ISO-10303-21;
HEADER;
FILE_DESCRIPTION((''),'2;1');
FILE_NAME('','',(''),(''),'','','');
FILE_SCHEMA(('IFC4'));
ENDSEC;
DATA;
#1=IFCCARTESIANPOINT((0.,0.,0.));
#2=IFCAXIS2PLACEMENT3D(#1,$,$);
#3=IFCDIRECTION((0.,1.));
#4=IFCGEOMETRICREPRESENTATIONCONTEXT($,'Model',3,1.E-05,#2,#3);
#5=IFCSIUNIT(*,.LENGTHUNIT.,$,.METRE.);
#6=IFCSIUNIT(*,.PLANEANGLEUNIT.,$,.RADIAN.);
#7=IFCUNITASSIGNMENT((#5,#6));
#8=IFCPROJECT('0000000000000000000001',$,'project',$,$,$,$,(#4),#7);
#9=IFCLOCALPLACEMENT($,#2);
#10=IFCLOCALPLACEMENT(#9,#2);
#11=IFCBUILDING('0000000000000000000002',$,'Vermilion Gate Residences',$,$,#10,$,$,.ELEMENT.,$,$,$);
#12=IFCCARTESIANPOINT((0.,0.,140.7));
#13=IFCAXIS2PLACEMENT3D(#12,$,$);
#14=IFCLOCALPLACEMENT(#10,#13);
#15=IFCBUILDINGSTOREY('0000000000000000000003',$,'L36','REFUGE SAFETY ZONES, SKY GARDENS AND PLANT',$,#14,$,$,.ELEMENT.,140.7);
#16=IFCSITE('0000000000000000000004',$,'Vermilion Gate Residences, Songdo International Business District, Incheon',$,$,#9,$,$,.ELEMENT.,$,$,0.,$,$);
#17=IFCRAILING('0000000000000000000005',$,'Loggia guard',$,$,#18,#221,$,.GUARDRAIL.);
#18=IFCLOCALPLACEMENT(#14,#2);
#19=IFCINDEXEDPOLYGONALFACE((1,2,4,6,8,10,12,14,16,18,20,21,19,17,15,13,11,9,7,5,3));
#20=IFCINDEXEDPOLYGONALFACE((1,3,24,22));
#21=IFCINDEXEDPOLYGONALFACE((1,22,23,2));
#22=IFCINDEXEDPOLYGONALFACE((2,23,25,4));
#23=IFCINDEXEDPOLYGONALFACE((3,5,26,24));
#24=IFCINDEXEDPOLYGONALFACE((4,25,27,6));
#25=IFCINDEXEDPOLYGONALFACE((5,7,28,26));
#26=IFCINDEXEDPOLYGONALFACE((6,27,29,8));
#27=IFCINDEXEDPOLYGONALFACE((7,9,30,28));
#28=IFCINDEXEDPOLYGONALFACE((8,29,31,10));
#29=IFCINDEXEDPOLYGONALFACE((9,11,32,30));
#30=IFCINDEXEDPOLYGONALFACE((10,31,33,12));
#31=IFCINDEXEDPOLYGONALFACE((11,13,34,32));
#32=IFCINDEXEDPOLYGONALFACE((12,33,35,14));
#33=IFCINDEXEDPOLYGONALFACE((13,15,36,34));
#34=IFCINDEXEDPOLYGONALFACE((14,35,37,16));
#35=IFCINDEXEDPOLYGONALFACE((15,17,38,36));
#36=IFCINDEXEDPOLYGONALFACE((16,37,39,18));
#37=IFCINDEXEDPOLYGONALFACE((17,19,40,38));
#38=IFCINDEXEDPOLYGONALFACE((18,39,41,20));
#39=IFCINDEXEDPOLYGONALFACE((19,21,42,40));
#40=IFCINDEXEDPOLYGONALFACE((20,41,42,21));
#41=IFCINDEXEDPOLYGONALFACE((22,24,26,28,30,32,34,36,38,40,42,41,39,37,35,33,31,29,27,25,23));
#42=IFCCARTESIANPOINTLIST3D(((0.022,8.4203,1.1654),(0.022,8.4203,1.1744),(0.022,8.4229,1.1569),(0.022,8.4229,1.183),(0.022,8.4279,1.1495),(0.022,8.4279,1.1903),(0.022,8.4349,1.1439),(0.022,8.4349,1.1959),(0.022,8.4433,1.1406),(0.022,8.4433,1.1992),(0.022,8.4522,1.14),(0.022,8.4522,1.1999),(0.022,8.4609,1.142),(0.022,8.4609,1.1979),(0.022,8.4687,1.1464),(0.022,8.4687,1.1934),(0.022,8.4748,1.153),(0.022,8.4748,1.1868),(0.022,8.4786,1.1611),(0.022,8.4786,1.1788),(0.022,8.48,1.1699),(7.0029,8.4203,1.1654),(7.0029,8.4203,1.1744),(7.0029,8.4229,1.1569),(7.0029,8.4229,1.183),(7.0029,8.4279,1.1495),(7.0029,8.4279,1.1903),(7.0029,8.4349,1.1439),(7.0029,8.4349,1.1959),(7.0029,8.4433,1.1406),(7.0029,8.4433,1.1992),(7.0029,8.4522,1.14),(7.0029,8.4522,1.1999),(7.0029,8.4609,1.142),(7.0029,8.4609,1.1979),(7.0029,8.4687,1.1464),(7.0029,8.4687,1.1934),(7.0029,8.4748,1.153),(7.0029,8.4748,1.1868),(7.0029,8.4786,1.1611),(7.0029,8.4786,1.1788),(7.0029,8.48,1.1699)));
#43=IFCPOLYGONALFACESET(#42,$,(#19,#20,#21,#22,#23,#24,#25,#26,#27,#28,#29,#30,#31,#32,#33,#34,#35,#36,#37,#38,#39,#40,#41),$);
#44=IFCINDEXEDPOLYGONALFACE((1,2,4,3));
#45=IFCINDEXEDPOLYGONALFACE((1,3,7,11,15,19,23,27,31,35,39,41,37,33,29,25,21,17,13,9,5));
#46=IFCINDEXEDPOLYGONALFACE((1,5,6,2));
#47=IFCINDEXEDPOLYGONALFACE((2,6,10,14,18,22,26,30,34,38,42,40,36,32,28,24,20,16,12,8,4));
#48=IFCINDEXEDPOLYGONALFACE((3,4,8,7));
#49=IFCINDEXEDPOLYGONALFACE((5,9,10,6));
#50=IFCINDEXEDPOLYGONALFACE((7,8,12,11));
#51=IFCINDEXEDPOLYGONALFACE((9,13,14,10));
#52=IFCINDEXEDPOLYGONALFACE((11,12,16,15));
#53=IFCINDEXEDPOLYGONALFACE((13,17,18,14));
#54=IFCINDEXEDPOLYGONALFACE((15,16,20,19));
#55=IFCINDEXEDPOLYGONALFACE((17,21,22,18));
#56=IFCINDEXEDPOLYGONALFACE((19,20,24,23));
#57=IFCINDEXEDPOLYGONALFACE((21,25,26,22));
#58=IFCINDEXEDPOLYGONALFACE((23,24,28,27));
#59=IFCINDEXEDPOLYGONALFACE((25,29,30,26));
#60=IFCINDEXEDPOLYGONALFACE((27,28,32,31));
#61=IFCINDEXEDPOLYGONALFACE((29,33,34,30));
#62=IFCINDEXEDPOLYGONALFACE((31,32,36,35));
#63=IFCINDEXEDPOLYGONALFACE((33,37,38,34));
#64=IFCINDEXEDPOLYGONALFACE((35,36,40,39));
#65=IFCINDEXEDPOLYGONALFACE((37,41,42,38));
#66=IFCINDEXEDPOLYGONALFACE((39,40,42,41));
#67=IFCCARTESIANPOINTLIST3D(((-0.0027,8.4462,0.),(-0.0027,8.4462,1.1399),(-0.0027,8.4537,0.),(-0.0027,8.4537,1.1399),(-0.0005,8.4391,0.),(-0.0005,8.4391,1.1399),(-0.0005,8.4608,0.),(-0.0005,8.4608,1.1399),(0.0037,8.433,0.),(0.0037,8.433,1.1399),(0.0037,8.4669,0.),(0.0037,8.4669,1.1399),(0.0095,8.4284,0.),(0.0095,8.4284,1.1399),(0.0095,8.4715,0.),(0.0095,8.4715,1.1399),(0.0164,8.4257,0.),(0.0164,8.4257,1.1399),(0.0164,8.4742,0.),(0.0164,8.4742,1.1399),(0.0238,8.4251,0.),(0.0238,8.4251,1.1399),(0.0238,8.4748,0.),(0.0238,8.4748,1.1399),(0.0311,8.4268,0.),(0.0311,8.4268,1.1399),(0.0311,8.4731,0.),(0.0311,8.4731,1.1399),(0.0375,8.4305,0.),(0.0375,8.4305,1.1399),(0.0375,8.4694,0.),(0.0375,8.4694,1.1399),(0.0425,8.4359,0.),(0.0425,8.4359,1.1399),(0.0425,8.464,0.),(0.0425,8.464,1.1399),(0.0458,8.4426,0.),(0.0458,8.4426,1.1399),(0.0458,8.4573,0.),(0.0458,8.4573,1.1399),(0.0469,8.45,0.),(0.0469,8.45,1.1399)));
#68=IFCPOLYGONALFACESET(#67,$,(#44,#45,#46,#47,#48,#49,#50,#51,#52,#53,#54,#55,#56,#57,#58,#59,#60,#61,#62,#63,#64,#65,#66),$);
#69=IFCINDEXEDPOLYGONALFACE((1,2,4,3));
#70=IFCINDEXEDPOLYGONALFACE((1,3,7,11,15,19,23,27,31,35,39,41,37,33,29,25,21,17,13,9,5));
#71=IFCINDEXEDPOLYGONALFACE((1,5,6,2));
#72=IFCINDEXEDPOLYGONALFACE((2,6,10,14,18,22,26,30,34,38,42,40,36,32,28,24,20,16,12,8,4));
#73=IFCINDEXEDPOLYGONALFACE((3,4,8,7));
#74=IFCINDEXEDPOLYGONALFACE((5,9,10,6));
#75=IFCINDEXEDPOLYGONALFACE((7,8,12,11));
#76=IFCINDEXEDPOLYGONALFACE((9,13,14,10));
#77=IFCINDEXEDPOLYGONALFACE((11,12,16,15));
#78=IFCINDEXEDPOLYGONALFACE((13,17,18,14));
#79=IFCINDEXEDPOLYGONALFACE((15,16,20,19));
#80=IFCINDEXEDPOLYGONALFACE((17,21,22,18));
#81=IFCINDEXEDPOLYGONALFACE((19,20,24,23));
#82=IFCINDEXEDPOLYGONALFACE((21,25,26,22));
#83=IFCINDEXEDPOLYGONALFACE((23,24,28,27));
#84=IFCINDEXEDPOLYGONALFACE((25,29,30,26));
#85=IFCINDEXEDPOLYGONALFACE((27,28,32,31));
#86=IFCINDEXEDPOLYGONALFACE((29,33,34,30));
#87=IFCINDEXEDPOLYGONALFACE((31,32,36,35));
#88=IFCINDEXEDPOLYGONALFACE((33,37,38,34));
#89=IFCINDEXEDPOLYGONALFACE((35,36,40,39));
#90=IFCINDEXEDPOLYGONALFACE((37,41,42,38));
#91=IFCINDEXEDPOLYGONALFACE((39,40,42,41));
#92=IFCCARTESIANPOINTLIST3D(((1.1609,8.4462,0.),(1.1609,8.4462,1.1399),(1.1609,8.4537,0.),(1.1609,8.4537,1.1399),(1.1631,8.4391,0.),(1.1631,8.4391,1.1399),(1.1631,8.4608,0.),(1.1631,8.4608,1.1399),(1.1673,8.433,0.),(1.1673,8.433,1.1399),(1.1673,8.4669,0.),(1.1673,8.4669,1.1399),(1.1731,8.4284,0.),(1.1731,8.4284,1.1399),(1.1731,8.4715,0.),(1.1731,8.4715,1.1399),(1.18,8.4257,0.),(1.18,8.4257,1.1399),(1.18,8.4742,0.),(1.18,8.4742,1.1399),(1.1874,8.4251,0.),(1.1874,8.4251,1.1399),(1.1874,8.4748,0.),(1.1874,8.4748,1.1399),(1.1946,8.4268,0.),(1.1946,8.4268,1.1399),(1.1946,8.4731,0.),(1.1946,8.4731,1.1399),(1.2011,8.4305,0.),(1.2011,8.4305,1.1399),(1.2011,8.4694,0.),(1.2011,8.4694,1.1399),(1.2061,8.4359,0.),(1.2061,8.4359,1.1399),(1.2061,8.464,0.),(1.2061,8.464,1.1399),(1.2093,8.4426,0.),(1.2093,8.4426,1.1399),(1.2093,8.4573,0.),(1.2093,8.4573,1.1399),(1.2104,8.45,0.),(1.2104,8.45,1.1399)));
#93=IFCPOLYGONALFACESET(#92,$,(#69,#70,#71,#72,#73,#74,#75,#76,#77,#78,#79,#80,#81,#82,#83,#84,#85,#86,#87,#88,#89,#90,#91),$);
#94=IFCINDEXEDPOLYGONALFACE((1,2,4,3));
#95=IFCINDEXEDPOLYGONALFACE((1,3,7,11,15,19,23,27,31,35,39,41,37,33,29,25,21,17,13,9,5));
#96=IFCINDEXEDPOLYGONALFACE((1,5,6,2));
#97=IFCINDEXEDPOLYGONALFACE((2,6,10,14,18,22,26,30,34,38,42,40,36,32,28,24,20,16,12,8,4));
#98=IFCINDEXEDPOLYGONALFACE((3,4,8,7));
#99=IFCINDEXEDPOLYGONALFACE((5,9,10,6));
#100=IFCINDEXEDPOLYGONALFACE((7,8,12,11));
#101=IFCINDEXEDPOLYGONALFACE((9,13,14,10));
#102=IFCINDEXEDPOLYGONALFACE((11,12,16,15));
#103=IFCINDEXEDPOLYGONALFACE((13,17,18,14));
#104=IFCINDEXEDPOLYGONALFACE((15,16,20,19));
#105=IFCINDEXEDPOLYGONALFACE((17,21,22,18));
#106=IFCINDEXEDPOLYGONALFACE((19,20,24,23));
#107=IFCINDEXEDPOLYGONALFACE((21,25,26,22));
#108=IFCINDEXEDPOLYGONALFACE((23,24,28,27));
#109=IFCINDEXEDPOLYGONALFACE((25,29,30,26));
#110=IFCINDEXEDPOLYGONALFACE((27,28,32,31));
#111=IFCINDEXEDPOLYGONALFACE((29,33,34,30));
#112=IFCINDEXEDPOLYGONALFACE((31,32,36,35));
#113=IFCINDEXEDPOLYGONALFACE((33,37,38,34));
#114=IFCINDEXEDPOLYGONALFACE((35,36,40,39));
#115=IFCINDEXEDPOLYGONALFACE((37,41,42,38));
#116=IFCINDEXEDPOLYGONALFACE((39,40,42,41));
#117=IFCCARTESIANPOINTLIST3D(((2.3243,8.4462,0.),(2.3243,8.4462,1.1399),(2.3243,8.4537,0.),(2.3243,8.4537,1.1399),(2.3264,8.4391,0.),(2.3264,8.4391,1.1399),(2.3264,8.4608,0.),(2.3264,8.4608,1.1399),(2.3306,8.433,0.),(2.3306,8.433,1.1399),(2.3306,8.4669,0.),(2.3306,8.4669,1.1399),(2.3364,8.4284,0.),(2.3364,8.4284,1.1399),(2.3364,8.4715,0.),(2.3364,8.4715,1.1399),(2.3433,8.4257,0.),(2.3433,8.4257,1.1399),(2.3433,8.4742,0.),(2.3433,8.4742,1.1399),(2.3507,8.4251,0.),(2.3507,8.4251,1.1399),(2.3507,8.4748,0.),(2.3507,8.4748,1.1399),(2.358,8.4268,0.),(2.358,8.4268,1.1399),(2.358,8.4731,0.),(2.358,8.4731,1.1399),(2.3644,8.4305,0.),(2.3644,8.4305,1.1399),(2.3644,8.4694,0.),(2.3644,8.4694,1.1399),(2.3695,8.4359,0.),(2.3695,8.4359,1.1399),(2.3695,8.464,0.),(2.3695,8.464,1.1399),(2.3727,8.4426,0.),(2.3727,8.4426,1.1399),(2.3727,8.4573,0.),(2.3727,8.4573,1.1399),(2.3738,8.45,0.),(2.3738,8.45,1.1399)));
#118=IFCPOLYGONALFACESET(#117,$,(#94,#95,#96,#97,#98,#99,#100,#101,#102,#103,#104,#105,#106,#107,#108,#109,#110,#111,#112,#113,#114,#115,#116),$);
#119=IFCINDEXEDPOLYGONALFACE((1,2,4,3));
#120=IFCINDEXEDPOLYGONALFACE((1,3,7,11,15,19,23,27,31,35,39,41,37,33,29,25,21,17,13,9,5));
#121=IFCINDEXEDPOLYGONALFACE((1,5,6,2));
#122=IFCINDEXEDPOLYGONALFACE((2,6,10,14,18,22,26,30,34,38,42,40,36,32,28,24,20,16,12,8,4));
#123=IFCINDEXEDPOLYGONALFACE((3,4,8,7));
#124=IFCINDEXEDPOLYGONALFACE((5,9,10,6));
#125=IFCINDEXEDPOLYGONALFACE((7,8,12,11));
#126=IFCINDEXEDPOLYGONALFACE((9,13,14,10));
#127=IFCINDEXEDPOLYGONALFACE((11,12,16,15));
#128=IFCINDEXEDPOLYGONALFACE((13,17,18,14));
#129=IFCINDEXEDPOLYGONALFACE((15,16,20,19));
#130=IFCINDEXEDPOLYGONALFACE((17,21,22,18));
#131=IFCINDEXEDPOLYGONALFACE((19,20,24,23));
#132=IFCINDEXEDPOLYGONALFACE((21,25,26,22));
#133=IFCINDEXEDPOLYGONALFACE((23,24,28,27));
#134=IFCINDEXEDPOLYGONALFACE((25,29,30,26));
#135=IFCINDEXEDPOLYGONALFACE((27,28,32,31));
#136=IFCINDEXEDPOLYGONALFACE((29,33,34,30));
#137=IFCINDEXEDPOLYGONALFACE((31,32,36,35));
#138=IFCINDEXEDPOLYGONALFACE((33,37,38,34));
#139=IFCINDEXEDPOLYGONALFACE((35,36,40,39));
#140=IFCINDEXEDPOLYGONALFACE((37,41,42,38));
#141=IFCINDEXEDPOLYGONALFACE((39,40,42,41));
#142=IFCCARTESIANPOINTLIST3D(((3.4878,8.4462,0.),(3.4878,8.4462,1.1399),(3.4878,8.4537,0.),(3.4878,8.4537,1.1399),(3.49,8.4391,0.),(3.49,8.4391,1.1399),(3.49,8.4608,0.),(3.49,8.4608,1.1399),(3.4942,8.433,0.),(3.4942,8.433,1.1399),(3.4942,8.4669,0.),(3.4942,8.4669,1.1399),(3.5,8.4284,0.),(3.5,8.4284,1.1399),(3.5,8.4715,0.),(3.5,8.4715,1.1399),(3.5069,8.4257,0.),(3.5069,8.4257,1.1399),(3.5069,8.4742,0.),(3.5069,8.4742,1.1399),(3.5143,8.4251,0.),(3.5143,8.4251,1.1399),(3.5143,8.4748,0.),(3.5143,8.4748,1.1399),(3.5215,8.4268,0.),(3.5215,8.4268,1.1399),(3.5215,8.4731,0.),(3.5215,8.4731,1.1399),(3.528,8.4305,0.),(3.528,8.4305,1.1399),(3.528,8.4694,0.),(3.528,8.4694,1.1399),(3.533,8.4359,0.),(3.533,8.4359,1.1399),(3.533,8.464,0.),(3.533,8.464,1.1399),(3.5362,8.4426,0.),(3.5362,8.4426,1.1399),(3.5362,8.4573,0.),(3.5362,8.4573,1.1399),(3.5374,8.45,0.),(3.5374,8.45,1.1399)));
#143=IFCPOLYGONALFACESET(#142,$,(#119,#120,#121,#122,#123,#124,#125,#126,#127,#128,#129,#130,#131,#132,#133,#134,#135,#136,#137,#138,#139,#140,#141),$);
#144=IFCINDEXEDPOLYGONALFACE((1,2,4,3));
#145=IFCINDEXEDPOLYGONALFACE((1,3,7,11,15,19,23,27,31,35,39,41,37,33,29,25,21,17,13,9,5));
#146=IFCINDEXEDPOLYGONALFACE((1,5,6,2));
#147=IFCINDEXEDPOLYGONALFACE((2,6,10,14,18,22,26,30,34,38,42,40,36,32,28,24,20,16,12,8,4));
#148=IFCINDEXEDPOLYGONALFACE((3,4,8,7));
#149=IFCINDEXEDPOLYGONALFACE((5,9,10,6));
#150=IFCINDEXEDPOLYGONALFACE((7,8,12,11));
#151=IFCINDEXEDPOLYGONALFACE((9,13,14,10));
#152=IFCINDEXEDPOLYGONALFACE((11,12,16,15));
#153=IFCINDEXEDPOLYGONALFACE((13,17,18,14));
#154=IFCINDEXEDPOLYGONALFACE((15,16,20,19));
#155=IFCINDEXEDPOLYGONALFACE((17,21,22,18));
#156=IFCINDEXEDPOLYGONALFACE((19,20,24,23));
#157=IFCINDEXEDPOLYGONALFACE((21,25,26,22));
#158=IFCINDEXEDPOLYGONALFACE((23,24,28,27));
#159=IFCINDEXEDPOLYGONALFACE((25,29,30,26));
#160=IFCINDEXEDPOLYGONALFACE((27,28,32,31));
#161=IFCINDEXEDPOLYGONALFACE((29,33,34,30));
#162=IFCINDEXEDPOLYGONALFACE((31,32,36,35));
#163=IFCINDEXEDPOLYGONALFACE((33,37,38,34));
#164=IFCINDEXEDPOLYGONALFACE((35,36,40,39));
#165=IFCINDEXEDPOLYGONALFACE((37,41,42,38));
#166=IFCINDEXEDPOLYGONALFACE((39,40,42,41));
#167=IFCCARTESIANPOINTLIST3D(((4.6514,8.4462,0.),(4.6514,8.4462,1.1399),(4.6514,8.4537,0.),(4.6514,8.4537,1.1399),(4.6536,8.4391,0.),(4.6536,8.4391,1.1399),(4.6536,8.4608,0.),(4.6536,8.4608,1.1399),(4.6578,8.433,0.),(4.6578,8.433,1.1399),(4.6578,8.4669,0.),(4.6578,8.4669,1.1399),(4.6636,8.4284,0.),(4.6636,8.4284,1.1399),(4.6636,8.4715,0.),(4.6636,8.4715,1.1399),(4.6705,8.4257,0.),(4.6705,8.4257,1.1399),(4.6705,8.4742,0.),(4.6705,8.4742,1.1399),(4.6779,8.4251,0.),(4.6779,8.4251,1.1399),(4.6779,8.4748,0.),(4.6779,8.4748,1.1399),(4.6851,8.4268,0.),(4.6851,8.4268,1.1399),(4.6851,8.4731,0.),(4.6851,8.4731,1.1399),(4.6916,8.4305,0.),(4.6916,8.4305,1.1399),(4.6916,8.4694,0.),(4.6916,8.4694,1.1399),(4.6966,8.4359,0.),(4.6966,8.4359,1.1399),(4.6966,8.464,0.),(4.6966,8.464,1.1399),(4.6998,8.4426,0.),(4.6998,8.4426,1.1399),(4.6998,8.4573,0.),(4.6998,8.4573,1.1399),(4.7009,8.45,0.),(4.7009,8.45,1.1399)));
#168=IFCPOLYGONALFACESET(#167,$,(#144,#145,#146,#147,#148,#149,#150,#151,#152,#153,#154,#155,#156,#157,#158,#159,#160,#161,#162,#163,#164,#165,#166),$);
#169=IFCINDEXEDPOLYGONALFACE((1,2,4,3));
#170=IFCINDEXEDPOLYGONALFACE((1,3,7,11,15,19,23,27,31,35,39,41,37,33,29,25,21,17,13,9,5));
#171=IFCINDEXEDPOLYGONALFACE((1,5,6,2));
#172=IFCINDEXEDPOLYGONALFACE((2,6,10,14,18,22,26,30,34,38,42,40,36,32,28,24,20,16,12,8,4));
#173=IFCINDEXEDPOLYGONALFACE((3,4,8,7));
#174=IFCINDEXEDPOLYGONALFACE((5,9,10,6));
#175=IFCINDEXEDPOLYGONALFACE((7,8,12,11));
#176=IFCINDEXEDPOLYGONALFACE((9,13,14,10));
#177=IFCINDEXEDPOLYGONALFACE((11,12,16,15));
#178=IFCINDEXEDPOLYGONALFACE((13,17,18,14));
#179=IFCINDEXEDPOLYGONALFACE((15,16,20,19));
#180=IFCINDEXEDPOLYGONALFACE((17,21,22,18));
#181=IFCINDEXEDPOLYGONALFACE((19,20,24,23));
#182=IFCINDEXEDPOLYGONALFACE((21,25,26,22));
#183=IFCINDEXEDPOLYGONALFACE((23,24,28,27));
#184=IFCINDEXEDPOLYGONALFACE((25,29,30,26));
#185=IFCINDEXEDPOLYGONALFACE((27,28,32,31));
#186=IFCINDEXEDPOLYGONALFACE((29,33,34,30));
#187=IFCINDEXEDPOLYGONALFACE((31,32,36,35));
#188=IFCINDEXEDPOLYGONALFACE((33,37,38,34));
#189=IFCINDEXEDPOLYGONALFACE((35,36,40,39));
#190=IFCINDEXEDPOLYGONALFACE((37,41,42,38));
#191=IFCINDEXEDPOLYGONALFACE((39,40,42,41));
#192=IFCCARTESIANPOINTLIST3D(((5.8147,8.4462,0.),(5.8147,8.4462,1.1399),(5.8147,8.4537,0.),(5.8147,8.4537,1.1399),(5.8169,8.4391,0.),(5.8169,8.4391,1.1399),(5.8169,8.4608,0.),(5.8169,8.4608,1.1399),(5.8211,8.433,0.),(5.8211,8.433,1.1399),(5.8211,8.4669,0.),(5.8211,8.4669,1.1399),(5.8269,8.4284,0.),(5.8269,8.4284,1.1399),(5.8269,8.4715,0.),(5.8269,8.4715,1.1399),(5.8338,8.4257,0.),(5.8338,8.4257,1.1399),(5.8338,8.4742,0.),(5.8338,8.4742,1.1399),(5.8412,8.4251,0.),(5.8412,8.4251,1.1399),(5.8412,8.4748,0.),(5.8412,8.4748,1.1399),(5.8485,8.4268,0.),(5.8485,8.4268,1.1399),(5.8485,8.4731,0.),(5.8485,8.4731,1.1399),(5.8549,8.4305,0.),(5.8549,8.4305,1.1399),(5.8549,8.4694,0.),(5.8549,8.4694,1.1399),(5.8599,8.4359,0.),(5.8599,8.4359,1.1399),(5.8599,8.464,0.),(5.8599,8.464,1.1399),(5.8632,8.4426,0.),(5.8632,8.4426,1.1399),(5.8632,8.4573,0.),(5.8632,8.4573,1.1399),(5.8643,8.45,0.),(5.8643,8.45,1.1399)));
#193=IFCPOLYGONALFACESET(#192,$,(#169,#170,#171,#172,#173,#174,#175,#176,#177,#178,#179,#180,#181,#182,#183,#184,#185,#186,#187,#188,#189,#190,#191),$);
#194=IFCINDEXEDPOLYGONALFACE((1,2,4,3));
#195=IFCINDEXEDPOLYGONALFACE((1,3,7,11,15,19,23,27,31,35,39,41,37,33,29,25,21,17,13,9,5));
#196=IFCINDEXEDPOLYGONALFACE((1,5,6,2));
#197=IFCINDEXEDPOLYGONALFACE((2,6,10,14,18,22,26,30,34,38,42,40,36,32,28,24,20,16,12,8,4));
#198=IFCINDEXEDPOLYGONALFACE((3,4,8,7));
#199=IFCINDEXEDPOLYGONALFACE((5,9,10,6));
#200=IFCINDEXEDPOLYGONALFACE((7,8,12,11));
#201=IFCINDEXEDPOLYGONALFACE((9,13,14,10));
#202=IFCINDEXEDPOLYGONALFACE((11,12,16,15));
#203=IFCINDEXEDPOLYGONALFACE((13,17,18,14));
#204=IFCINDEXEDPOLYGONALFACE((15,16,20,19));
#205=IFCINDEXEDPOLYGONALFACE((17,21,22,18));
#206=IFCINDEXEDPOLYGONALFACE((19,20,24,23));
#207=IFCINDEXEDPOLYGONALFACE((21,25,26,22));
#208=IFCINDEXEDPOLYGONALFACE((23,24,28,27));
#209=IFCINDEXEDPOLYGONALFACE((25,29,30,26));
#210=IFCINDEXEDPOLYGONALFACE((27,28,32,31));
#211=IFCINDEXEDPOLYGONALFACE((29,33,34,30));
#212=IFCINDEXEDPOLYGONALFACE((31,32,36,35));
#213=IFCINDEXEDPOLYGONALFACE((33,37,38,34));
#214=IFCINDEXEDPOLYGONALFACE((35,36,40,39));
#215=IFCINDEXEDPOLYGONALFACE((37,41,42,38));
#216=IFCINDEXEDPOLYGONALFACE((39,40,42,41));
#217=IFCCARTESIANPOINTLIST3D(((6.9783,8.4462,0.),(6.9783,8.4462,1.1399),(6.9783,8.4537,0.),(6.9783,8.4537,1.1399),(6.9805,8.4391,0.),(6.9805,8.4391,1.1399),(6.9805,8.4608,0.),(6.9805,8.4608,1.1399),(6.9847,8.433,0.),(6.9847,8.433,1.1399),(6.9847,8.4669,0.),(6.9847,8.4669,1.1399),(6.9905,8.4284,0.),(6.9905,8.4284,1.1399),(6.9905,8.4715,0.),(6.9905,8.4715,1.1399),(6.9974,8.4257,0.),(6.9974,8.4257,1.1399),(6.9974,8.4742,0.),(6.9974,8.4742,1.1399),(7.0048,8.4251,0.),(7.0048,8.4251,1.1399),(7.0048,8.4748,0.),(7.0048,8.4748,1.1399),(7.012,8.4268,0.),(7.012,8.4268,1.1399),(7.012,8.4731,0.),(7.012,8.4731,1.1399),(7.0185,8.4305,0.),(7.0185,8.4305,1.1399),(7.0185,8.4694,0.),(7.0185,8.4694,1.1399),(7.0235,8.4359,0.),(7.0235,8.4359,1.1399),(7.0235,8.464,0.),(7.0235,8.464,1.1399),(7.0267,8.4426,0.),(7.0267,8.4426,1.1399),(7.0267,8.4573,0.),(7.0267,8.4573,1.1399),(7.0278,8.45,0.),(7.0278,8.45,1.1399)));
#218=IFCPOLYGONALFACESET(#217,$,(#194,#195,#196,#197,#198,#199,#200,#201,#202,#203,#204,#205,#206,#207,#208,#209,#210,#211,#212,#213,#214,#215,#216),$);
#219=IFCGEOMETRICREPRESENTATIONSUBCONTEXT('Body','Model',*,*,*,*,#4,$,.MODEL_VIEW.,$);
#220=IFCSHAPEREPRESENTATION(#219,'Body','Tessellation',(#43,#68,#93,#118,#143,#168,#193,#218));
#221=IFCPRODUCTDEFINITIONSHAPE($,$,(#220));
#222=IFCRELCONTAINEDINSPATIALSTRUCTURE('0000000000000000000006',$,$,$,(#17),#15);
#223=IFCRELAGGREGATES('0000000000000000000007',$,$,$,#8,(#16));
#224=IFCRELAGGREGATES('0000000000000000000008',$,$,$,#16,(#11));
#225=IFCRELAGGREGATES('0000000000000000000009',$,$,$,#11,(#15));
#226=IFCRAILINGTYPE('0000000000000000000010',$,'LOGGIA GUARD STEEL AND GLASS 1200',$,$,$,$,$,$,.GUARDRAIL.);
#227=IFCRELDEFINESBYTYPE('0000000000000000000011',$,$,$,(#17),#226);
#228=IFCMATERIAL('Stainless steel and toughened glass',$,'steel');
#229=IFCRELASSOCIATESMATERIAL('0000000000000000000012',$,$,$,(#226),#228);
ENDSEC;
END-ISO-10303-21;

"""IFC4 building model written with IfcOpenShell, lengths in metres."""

from ifc_helpers import new_model, si_unit, direction, frame, origin, origin_2d, place, context, subcontext, project, spatial, circle, extrude, material, type_object, element, save


model = new_model("IFC4")

# Units and contexts
model_context = context("Model", 3, precision=1e-05, world=origin(), true_north=direction((0.0, 1.0)))
body_context = subcontext(model_context, "Body", "Model", "MODEL_VIEW")
ifc_project = project(units=[si_unit("LENGTHUNIT", "METRE"), si_unit("PLANEANGLEUNIT", "RADIAN")], contexts=[model_context])

# Site, building, storey
site_placement = place(None, origin())
site = spatial("IfcSite", under=ifc_project, at=site_placement, Name="Vermilion Gate Residences, Songdo International Business District, Incheon", CompositionType="ELEMENT", RefElevation=0.0)
building_placement = place(site_placement, origin())
building = spatial("IfcBuilding", under=site, at=building_placement, Name="Vermilion Gate Residences", CompositionType="ELEMENT")
storey_placement = place(building_placement, frame((0.0, 0.0, 140.7)))
storey = spatial("IfcBuildingStorey", under=building, at=storey_placement, Name="L36", Description="REFUGE SAFETY ZONES, SKY GARDENS AND PLANT", CompositionType="ELEMENT", Elevation=140.7)

# Railing
ifc_material_1 = material(Name="Stainless steel and toughened glass", Category="steel")
railing_type = type_object("IfcRailingType", Name="LOGGIA GUARD STEEL AND GLASS 1200", PredefinedType="GUARDRAIL", material=ifc_material_1)
railing_1_placement = place(storey_placement, frame((0.022, 8.45, 0.0)))
element("IfcRailing", 1, at=railing_1_placement, inside=storey, type_object=railing_type, Name="Loggia guard", PredefinedType="GUARDRAIL", context=body_context, shape_type="SweptSolid", body=[
    extrude(circle(Radius=0.03, at=origin_2d()), frame((0.0, 0.0, 1.1699), z_axis=(1.0, 0.0, 0.0), x_axis=(0.0, 1.0, 0.0)), (0.0, 0.0, 1.0), 6.981),
    extrude(circle(Radius=0.0249, at=origin_2d()), origin(), (0.0, 0.0, 1.0), 1.1399),
    extrude(circle(Radius=0.0249, at=origin_2d()), frame((1.1636, 0.0, 0.0)), (0.0, 0.0, 1.0), 1.1399),
    extrude(circle(Radius=0.0249, at=origin_2d()), frame((2.3269, 0.0, 0.0)), (0.0, 0.0, 1.0), 1.1399),
    extrude(circle(Radius=0.0249, at=origin_2d()), frame((3.4905, 0.0, 0.0)), (0.0, 0.0, 1.0), 1.1399),
    extrude(circle(Radius=0.0249, at=origin_2d()), frame((4.6541, 0.0, 0.0)), (0.0, 0.0, 1.0), 1.1399),
    extrude(circle(Radius=0.0249, at=origin_2d()), frame((5.8174, 0.0, 0.0)), (0.0, 0.0, 1.0), 1.1399),
    extrude(circle(Radius=0.0249, at=origin_2d()), frame((6.981, 0.0, 0.0)), (0.0, 0.0, 1.0), 1.1399),
])

save(model, "model.ifc")
